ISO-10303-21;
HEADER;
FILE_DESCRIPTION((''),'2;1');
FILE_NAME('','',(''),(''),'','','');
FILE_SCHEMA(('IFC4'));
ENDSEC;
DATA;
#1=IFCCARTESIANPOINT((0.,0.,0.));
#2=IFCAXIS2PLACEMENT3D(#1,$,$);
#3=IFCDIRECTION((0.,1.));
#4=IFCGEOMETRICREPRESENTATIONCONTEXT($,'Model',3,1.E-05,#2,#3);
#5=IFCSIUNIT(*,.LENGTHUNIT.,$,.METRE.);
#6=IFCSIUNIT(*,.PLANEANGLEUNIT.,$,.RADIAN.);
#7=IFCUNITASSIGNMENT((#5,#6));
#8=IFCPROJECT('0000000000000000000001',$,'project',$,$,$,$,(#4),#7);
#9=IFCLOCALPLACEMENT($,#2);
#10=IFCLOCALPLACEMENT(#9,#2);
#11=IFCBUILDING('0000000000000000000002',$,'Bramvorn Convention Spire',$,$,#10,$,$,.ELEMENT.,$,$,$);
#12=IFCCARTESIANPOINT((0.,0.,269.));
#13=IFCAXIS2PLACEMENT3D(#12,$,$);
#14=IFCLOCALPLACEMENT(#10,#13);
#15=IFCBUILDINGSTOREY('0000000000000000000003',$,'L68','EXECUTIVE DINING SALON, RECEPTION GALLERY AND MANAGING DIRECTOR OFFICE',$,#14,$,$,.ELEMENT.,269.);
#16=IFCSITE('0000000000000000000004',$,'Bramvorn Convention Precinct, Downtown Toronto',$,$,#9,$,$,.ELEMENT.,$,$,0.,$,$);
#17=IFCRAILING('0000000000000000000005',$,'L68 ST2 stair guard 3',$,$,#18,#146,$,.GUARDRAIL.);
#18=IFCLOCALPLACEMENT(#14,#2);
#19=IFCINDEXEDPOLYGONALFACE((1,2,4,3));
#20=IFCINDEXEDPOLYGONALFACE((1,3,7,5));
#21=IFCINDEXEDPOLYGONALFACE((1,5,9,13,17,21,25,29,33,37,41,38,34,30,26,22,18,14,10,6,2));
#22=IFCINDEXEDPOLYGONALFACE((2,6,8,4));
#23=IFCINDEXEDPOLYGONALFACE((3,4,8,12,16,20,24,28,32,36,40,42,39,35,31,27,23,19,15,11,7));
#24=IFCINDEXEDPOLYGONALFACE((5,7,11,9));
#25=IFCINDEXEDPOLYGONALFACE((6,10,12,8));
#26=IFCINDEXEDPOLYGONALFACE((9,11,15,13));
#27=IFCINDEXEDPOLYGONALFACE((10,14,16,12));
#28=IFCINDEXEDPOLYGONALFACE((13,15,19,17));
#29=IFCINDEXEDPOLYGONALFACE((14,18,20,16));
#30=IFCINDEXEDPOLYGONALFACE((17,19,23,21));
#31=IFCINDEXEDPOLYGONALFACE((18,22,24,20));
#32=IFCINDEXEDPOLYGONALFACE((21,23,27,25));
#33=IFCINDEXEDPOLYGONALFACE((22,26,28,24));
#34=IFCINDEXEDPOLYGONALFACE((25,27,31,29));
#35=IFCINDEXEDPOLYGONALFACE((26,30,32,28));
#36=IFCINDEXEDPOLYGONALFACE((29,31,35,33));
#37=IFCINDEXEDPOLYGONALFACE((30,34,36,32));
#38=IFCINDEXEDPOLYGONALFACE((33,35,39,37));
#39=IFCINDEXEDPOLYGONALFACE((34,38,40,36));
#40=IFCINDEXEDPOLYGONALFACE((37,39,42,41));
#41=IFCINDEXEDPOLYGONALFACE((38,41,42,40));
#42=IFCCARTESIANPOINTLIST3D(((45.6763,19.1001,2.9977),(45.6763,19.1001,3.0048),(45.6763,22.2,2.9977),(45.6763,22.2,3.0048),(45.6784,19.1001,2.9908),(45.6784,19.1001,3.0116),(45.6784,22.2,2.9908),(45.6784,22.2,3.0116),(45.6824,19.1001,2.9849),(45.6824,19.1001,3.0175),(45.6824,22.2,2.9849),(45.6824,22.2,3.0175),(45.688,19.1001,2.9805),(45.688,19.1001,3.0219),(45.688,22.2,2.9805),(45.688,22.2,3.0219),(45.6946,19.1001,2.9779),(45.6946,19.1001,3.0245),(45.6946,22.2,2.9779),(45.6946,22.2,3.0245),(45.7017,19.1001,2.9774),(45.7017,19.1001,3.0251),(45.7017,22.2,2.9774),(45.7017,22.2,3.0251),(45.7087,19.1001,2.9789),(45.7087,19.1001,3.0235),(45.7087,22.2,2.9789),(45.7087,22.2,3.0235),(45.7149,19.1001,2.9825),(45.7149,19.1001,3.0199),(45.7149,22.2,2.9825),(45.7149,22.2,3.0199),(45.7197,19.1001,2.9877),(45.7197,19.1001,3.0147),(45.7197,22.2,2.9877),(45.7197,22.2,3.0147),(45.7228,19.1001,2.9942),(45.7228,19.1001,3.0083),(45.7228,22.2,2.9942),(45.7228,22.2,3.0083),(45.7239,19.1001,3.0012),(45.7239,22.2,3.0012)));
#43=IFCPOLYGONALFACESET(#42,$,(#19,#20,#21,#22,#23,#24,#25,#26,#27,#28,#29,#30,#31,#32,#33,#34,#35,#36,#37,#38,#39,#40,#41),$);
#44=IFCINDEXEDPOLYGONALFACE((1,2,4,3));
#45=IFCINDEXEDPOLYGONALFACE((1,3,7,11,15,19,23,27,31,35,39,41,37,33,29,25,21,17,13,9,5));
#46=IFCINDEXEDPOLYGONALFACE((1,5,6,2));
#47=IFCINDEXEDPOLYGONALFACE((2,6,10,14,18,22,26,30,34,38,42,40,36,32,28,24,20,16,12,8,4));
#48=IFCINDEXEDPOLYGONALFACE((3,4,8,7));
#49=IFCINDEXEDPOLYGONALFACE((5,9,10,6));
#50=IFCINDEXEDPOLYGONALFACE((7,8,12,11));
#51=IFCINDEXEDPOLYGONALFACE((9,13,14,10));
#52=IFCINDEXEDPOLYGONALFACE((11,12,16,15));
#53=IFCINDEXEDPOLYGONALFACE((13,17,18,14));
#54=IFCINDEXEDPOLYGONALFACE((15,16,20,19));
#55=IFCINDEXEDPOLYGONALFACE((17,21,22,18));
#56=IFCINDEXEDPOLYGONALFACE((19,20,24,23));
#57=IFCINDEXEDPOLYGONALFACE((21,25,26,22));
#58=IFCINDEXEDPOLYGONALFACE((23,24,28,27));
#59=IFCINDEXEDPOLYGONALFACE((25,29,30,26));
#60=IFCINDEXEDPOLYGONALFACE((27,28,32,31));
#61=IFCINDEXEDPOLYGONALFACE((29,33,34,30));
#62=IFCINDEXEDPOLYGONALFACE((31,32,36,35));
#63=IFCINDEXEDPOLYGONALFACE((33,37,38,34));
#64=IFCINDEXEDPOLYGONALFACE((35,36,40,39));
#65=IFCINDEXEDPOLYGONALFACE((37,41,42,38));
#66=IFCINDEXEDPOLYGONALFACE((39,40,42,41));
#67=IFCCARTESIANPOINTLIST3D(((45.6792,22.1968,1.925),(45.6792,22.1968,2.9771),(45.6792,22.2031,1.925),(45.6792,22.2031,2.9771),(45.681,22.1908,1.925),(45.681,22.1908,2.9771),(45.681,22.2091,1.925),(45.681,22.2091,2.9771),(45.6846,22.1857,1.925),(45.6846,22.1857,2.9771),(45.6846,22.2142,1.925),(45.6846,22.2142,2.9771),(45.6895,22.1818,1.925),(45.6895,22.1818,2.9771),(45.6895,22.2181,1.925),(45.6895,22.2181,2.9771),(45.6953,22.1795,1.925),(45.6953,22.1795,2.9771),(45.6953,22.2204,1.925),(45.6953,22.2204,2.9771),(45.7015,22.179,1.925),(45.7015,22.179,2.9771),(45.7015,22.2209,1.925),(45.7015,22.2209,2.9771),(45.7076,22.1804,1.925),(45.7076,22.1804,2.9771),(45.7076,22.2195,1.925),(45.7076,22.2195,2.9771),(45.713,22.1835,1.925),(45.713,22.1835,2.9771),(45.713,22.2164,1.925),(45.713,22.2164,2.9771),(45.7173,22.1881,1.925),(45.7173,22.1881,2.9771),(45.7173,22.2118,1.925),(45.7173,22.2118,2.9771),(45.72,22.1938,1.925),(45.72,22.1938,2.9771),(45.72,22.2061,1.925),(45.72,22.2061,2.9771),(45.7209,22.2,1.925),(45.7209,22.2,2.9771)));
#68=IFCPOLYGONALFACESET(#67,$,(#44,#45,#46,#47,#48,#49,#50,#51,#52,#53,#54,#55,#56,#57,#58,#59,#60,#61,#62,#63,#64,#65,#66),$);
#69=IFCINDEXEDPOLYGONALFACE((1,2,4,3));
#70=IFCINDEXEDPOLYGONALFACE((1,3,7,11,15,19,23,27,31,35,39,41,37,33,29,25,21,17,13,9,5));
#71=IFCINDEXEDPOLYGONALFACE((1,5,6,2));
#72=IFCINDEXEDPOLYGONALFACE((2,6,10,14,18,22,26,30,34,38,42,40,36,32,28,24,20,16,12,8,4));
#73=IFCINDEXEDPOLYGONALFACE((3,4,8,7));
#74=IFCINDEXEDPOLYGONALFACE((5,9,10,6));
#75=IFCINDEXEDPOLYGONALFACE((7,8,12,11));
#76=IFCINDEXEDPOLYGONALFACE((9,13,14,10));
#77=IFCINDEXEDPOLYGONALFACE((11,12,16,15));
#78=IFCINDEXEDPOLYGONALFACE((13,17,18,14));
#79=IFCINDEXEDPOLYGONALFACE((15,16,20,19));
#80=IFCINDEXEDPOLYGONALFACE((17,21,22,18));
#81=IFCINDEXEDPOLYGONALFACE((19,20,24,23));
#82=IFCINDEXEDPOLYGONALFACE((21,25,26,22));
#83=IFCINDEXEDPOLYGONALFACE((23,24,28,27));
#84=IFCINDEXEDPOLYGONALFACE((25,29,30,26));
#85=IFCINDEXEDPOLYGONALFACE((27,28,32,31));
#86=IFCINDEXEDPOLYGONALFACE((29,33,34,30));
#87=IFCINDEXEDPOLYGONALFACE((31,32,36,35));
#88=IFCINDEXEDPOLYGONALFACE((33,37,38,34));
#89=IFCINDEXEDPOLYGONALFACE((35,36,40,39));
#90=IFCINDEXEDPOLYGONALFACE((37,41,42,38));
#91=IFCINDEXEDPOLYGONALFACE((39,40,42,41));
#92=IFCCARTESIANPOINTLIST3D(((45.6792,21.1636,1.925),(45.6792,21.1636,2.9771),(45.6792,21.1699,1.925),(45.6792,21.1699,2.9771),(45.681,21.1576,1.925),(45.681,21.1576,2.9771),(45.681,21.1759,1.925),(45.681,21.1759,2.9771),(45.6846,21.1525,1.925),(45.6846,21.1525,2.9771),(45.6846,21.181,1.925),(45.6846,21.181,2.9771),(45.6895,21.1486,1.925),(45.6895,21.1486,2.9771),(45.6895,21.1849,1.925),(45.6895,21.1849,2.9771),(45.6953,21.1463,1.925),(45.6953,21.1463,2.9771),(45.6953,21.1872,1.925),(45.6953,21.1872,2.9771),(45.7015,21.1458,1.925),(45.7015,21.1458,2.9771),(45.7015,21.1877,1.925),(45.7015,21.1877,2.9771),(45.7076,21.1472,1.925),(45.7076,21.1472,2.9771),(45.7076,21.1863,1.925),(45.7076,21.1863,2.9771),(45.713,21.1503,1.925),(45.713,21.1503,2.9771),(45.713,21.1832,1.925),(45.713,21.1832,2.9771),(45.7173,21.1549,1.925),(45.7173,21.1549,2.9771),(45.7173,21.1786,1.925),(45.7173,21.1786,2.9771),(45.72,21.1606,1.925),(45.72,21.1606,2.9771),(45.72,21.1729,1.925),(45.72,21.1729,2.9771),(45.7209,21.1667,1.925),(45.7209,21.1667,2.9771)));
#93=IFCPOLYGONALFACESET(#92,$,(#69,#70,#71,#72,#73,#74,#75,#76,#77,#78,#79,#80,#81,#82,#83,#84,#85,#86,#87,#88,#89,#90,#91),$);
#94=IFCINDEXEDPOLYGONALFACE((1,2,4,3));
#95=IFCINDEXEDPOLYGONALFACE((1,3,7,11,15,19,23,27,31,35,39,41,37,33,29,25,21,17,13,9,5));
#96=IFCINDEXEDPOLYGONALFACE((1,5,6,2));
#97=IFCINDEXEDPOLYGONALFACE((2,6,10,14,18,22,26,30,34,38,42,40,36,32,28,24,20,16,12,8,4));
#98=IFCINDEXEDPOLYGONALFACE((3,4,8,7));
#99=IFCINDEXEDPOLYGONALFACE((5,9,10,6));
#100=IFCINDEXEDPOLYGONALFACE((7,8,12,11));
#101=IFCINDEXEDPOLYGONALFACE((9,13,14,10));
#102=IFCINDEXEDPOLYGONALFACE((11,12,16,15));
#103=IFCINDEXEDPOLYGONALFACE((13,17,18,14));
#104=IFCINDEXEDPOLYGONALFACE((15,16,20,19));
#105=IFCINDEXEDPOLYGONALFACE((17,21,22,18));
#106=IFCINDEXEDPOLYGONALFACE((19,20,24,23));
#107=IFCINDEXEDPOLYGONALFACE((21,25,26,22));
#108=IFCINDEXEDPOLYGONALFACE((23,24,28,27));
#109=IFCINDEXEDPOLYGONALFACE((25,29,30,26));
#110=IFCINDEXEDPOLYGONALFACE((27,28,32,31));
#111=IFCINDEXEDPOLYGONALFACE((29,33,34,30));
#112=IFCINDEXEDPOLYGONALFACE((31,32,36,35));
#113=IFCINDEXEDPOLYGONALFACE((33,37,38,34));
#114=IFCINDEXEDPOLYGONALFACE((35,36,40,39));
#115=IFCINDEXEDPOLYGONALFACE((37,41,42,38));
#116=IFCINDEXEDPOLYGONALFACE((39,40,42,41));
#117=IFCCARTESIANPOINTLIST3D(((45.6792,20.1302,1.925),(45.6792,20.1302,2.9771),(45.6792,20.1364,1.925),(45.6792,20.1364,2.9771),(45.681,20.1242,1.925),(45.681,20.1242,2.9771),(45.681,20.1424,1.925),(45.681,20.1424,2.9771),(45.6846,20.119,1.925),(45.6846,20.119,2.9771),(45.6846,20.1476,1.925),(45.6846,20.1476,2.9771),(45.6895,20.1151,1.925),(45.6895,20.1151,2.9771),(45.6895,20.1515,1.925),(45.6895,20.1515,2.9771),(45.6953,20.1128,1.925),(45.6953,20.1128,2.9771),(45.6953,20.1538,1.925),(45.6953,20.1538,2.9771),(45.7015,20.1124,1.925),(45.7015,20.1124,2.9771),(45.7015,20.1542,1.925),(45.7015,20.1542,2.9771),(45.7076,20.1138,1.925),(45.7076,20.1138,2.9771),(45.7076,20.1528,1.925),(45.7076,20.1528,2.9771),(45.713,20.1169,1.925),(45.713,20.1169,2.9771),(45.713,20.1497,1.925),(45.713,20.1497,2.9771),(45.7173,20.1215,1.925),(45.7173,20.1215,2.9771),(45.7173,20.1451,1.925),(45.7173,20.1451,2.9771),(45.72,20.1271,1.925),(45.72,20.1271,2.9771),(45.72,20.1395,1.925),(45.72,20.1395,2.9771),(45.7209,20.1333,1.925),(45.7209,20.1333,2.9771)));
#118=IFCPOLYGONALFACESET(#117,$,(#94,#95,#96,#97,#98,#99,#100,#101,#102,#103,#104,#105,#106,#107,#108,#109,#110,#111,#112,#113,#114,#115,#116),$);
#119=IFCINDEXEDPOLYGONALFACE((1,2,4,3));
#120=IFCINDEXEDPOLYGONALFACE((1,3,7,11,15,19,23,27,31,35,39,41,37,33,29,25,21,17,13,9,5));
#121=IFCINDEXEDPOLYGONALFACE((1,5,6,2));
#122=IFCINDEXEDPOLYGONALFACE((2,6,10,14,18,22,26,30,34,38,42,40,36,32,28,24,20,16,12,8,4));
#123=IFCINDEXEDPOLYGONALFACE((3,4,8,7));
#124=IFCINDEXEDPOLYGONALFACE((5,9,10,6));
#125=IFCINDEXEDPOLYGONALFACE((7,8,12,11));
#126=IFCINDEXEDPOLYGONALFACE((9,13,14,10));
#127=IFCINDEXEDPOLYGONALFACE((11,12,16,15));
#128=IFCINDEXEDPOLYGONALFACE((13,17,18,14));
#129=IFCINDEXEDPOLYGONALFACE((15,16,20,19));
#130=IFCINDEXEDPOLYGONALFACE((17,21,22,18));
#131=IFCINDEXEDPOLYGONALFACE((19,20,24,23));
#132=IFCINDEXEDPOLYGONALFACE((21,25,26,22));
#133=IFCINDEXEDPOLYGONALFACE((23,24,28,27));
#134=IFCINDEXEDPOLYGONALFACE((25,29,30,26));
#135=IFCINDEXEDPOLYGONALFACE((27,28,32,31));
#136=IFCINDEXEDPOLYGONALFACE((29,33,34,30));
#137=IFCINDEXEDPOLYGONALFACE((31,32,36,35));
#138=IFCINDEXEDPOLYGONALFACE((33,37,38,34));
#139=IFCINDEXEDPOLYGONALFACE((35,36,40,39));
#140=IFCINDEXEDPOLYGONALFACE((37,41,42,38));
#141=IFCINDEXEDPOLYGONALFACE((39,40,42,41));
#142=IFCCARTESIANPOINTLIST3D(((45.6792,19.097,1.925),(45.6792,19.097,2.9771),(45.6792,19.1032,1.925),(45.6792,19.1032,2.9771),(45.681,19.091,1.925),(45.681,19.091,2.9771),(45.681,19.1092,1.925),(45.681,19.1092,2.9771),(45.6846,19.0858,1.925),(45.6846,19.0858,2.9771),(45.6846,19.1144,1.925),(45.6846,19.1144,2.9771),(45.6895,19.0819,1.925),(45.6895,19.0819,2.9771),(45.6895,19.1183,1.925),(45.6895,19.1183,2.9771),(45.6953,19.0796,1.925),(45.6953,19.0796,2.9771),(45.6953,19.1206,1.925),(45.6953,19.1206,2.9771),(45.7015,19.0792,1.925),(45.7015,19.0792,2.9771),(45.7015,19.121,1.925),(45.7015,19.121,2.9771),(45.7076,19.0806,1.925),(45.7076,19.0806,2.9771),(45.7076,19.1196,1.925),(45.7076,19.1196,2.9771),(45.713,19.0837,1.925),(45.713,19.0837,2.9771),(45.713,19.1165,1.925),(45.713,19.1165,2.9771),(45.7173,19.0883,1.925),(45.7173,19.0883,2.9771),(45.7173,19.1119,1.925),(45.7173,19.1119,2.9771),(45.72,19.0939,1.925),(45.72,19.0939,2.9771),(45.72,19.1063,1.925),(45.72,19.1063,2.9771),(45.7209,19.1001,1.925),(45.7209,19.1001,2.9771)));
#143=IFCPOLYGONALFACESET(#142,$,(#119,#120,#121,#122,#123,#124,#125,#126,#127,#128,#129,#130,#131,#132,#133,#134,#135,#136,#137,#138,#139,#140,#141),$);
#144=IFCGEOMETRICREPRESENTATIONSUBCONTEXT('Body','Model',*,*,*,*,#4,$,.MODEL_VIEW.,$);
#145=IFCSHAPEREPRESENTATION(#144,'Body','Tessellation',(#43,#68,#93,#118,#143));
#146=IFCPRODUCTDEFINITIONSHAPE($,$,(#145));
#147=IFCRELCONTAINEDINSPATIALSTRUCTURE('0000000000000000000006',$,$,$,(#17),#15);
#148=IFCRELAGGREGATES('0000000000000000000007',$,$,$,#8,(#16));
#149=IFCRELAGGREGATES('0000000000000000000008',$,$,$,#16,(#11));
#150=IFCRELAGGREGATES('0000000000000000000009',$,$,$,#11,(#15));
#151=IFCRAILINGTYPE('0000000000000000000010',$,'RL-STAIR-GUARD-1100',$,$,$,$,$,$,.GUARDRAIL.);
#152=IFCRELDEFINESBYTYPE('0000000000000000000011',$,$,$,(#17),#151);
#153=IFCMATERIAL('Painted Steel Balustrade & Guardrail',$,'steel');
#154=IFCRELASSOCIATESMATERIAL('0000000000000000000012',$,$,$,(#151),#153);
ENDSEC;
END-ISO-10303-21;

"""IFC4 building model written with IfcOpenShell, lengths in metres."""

from ifc_helpers import new_model, si_unit, direction, frame, origin, origin_2d, place, context, subcontext, project, spatial, circle, extrude, material, type_object, element, save


model = new_model("IFC4")

# Units and contexts
model_context = context("Model", 3, precision=1e-05, world=origin(), true_north=direction((0.0, 1.0)))
body_context = subcontext(model_context, "Body", "Model", "MODEL_VIEW")
ifc_project = project(units=[si_unit("LENGTHUNIT", "METRE"), si_unit("PLANEANGLEUNIT", "RADIAN")], contexts=[model_context])

# Site, building, storey
site_placement = place(None, origin())
site = spatial("IfcSite", under=ifc_project, at=site_placement, Name="Bramvorn Convention Precinct, Downtown Toronto", CompositionType="ELEMENT", RefElevation=0.0)
building_placement = place(site_placement, origin())
building = spatial("IfcBuilding", under=site, at=building_placement, Name="Bramvorn Convention Spire", CompositionType="ELEMENT")
storey_placement = place(building_placement, frame((0.0, 0.0, 269.0)))
storey = spatial("IfcBuildingStorey", under=building, at=storey_placement, Name="L68", Description="EXECUTIVE DINING SALON, RECEPTION GALLERY AND MANAGING DIRECTOR OFFICE", CompositionType="ELEMENT", Elevation=269.0)

# Railing
ifc_material_1 = material(Name="Painted Steel Balustrade & Guardrail", Category="steel")
railing_type = type_object("IfcRailingType", Name="RL-STAIR-GUARD-1100", PredefinedType="GUARDRAIL", material=ifc_material_1)
for number, where, name in (
    (1, (45.7, 22.2, 1.925), "L68 ST2 stair guard 3"),
):
    element("IfcRailing", number, at=place(storey_placement, frame(where)), inside=storey, type_object=railing_type, Name=name, PredefinedType="GUARDRAIL", context=body_context, shape_type="SweptSolid", body=[
        extrude(circle(Radius=0.0239, at=origin_2d()), frame((0.0, 0.0, 1.0762), z_axis=(0.0, -1.0, 0.0), x_axis=(1.0, 0.0, 0.0)), (0.0, 0.0, 1.0), 3.0999),
        extrude(circle(Radius=0.021, at=origin_2d()), origin(), (0.0, 0.0, 1.0), 1.052),
        extrude(circle(Radius=0.021, at=origin_2d()), frame((0.0, -1.0332, 0.0)), (0.0, 0.0, 1.0), 1.052),
        extrude(circle(Radius=0.021, at=origin_2d()), frame((0.0, -2.0667, 0.0)), (0.0, 0.0, 1.0), 1.052),
        extrude(circle(Radius=0.021, at=origin_2d()), frame((0.0, -3.0999, 0.0)), (0.0, 0.0, 1.0), 1.052),
    ])

save(model, "model.ifc")
